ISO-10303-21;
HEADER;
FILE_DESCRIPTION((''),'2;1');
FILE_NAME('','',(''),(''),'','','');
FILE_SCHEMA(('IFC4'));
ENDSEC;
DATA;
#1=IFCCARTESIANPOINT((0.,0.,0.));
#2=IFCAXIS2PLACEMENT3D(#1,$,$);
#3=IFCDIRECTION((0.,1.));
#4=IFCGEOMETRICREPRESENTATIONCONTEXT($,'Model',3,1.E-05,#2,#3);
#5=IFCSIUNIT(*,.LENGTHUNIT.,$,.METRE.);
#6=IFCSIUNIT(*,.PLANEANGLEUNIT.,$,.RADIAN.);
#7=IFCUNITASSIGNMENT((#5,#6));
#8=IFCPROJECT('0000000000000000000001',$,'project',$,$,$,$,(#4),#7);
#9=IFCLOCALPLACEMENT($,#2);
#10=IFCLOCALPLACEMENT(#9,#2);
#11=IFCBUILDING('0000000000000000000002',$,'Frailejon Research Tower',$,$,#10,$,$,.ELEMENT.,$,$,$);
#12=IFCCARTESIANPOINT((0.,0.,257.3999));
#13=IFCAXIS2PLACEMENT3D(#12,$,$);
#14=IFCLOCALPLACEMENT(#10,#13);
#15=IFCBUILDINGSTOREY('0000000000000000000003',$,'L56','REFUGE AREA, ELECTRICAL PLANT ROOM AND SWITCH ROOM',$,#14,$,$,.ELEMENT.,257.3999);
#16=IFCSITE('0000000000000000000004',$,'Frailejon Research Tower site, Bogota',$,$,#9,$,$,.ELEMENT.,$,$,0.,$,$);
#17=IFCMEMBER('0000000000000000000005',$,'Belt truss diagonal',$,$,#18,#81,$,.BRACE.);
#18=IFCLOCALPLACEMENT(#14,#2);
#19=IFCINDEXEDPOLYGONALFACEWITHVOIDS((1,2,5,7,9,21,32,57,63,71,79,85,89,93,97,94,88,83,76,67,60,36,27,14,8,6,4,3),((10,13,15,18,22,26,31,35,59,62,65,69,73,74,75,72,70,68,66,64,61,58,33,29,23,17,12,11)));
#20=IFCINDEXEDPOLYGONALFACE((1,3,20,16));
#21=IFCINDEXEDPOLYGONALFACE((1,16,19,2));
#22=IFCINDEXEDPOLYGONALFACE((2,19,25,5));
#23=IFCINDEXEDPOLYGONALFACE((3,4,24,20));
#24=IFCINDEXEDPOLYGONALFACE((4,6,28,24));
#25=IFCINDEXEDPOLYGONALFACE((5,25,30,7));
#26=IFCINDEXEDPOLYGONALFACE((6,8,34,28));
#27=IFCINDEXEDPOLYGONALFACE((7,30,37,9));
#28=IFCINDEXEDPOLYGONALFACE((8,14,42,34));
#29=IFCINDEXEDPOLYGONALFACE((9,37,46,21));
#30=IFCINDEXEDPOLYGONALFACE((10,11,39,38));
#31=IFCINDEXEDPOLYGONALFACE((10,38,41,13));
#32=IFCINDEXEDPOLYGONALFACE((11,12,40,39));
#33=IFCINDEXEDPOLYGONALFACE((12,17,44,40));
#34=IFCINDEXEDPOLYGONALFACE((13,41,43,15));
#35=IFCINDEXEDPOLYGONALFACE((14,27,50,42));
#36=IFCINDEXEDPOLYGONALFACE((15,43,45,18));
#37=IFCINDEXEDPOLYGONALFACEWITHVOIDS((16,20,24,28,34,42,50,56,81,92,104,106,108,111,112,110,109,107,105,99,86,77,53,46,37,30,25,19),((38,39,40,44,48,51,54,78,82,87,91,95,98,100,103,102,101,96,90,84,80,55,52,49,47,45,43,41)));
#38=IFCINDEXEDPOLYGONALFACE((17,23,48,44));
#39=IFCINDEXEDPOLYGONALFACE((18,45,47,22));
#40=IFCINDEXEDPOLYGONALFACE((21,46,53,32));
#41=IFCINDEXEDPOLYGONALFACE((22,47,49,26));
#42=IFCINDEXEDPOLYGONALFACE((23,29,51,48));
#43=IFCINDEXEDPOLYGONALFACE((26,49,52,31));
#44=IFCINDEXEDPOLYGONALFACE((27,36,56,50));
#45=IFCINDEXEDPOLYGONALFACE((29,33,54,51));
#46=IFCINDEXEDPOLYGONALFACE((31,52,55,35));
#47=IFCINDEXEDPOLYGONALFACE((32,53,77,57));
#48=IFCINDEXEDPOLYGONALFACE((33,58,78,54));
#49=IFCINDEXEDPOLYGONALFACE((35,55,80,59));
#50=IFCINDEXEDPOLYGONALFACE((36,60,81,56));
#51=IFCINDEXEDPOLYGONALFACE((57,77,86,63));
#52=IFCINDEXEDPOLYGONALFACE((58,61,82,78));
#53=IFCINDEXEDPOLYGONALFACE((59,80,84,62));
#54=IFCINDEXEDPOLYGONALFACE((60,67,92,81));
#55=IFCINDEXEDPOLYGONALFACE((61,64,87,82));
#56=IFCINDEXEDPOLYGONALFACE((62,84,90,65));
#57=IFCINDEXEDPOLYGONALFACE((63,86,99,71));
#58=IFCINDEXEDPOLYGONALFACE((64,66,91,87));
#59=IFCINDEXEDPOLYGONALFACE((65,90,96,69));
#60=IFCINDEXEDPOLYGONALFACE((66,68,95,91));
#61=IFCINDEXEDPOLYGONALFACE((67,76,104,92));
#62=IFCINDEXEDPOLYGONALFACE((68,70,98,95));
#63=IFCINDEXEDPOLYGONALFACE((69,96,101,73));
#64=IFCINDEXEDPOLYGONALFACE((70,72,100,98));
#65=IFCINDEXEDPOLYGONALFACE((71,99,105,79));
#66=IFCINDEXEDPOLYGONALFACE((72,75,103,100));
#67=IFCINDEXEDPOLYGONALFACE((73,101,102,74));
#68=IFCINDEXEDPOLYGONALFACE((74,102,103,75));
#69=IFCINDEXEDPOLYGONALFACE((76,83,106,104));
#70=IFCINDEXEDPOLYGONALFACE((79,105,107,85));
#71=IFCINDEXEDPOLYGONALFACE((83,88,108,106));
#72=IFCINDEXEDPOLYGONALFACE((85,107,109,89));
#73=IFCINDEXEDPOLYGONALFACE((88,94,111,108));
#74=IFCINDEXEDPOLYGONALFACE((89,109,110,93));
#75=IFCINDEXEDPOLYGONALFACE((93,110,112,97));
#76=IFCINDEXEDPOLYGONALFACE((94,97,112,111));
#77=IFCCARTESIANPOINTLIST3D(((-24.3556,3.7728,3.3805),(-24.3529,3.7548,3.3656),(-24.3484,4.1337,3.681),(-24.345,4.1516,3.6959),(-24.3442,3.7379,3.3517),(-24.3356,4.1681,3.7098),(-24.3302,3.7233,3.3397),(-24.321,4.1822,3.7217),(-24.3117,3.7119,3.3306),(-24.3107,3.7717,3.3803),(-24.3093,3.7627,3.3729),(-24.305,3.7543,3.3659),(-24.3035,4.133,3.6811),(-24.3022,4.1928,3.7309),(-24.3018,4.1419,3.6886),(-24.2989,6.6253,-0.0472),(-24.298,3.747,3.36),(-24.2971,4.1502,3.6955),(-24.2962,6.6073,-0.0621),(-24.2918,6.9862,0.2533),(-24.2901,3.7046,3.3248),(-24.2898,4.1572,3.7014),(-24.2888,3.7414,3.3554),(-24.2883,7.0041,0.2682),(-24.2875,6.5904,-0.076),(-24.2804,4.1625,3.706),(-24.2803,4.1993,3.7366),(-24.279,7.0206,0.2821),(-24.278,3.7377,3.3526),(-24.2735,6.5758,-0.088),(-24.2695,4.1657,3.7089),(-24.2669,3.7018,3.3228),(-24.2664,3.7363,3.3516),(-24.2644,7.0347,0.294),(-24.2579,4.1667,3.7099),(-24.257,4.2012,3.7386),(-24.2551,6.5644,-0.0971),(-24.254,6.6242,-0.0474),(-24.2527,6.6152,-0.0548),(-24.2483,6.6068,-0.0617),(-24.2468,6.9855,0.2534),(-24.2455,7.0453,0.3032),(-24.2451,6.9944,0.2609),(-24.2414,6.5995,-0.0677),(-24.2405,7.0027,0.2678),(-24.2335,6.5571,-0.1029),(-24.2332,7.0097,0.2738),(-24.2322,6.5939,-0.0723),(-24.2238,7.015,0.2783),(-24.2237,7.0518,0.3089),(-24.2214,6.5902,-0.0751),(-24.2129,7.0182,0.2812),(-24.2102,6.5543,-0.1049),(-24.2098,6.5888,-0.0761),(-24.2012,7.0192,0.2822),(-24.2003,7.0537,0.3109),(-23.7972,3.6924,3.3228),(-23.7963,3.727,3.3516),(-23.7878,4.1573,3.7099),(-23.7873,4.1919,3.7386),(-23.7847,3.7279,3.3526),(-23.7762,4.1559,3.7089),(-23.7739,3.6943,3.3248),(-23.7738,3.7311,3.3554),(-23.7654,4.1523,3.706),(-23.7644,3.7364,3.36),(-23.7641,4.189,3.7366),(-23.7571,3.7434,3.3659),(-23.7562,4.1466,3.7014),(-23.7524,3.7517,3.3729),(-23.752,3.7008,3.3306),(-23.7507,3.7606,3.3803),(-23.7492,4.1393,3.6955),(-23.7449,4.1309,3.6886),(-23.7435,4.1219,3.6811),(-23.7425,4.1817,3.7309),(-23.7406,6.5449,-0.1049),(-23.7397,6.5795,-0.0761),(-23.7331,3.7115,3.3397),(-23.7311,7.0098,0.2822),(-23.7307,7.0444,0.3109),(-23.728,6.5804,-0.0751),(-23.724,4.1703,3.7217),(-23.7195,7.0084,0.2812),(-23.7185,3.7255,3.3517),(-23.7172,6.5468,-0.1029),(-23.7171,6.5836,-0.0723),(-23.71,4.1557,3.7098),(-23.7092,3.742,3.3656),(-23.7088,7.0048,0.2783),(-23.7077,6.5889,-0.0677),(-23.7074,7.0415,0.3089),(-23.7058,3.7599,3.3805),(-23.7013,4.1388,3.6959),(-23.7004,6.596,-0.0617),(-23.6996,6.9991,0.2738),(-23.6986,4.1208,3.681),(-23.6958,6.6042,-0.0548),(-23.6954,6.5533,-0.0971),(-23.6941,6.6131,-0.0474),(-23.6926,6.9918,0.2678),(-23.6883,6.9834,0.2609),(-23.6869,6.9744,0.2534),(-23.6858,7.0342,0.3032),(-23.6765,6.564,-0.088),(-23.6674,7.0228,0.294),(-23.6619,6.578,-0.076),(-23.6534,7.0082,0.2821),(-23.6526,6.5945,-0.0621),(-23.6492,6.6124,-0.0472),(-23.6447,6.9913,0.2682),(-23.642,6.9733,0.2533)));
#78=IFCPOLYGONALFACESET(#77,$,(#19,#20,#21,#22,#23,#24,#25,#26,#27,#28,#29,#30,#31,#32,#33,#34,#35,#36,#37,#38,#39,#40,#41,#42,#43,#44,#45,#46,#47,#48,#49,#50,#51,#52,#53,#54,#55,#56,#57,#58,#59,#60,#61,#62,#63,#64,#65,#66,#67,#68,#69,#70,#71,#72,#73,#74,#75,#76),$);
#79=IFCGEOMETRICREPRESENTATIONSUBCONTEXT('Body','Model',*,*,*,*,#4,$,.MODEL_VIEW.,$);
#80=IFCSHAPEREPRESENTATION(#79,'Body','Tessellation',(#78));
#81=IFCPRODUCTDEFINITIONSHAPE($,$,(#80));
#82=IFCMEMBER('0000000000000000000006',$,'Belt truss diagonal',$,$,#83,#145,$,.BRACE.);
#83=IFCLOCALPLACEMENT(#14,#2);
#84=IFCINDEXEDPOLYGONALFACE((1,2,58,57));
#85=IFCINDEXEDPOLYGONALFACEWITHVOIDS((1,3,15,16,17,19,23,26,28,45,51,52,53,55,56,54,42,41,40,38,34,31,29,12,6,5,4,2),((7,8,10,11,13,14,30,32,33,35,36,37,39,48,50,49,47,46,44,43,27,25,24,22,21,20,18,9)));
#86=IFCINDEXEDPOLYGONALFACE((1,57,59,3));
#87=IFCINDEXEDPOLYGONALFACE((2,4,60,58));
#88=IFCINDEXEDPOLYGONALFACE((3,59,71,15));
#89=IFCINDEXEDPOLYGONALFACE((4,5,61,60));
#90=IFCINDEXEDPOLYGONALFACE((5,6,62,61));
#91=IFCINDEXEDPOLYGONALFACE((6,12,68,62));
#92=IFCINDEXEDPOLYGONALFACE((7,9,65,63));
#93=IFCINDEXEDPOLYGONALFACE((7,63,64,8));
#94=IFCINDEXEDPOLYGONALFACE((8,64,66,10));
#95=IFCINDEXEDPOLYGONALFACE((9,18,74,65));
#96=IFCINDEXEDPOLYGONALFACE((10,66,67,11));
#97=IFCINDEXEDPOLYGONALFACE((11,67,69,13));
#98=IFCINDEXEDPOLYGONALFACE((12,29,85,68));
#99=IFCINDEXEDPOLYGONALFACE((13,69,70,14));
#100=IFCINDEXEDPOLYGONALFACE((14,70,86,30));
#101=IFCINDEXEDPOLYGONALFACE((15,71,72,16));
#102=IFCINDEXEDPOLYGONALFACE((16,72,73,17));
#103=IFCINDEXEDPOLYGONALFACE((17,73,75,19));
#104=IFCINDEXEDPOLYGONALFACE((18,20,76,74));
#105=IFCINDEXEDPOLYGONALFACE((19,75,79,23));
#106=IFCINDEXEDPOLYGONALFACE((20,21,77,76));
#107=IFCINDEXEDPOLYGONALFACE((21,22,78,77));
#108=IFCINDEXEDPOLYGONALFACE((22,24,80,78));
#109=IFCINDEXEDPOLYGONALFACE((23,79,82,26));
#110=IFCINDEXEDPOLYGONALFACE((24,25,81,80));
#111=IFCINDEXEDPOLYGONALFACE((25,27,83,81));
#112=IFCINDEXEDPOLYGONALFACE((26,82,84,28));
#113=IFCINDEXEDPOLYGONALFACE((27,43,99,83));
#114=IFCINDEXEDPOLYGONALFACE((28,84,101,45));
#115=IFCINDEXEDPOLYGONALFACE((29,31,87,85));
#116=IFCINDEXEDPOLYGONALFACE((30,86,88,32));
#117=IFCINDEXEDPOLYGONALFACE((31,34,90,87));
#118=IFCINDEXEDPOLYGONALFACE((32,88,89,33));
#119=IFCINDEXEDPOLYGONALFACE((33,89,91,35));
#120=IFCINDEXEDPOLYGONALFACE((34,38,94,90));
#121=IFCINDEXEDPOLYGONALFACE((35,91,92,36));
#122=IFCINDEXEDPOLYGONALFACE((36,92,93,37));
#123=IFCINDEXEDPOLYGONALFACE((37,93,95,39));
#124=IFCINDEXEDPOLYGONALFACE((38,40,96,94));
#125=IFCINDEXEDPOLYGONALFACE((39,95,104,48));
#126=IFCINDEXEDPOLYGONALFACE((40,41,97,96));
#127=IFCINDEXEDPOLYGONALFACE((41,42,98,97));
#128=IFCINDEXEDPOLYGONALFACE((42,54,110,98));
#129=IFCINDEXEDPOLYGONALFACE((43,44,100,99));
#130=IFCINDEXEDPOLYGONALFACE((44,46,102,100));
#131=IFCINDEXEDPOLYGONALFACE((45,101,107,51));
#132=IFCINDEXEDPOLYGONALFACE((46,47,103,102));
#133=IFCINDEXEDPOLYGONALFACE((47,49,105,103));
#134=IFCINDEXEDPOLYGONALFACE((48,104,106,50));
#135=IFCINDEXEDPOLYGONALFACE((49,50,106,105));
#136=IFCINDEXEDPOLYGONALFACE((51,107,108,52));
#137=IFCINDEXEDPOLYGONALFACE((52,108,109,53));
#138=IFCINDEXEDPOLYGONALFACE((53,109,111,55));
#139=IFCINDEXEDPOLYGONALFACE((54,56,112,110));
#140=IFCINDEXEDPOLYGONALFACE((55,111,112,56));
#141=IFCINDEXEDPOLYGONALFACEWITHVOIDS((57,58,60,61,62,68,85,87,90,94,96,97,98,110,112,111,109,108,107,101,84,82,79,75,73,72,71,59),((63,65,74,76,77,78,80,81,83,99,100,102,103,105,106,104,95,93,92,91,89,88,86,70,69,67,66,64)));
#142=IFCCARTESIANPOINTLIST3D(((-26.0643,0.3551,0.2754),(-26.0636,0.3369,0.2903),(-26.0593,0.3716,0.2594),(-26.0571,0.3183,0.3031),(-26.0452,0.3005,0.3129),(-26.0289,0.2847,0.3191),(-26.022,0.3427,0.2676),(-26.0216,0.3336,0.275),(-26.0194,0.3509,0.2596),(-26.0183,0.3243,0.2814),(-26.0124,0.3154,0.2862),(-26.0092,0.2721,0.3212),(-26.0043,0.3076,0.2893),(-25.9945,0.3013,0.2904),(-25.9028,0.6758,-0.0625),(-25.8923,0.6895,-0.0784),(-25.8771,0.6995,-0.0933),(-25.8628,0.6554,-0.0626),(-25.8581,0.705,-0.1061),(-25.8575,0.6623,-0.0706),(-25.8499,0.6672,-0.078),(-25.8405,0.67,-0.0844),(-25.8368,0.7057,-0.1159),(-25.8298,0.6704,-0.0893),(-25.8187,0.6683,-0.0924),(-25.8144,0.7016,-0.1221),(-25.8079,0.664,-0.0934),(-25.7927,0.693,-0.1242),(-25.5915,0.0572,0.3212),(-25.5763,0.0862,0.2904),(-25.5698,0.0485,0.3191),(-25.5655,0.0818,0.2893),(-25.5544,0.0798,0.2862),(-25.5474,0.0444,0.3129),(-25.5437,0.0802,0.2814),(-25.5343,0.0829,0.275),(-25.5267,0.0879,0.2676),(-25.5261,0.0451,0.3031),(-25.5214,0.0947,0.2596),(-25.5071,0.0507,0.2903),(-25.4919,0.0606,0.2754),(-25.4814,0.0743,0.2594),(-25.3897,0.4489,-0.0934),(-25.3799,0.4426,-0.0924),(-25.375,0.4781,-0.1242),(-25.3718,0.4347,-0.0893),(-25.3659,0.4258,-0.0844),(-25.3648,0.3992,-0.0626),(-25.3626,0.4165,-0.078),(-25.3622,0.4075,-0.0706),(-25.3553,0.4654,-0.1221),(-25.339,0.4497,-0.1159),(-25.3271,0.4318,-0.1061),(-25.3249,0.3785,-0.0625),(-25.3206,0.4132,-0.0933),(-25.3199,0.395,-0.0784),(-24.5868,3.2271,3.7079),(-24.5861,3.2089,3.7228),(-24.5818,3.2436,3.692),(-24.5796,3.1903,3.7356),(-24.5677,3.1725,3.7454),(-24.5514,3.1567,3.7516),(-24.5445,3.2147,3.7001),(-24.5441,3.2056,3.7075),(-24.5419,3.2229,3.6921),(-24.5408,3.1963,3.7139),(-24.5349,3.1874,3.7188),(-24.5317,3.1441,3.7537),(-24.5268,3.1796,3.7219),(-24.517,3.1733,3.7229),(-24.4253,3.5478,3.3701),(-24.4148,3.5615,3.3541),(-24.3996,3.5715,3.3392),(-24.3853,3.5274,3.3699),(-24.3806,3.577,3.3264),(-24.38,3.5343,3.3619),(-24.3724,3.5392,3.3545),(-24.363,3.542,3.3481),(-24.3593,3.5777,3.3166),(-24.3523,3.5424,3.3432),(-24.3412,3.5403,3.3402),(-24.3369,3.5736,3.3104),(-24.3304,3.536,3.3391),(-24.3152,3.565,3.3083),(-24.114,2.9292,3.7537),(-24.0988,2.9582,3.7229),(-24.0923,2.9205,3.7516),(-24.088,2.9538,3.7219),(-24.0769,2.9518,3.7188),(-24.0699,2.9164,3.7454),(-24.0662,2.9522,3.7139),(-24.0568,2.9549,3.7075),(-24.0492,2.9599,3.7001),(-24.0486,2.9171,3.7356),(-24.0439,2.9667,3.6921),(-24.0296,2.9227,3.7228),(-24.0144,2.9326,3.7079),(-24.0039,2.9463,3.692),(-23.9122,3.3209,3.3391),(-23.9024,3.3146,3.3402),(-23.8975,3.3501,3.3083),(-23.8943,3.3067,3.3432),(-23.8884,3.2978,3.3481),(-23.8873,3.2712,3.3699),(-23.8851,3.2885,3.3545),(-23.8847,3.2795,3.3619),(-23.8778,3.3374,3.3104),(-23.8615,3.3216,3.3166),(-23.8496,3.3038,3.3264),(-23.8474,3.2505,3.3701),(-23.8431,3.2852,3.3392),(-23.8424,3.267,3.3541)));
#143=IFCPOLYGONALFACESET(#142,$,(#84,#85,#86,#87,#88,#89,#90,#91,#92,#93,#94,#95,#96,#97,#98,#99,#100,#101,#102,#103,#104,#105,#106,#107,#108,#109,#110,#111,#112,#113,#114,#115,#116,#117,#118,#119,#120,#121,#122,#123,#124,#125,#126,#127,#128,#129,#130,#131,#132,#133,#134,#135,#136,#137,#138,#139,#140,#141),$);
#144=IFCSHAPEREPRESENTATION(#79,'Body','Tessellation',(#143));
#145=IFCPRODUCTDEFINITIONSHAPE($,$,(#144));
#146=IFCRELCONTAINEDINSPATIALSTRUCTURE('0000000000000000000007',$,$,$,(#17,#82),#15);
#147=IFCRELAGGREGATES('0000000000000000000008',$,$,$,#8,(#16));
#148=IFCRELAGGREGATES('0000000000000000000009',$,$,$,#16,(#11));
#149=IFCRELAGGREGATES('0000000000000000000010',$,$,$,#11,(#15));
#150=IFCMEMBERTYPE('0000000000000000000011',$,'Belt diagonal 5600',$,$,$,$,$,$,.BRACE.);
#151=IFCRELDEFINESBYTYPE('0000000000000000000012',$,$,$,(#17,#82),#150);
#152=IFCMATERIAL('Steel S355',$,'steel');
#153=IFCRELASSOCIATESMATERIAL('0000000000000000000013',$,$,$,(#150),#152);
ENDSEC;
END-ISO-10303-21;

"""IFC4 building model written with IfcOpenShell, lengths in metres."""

from ifc_helpers import new_model, si_unit, direction, frame, origin, origin_2d, place, context, subcontext, project, spatial, hollow_rectangle, extrude, material, material_profile, profile_set, type_object, element, save


model = new_model("IFC4")

# Units and contexts
model_context = context("Model", 3, precision=1e-05, world=origin(), true_north=direction((0.0, 1.0)))
body_context = subcontext(model_context, "Body", "Model", "MODEL_VIEW")
ifc_project = project(units=[si_unit("LENGTHUNIT", "METRE"), si_unit("PLANEANGLEUNIT", "RADIAN")], contexts=[model_context])

# Site, building, storey
site_placement = place(None, origin())
site = spatial("IfcSite", under=ifc_project, at=site_placement, Name="Frailejon Research Tower site, Bogota", CompositionType="ELEMENT", RefElevation=0.0)
building_placement = place(site_placement, origin())
building = spatial("IfcBuilding", under=site, at=building_placement, Name="Frailejon Research Tower", CompositionType="ELEMENT")
storey_placement = place(building_placement, frame((0.0, 0.0, 257.3999)))
storey = spatial("IfcBuildingStorey", under=building, at=storey_placement, Name="L56", Description="REFUGE AREA, ELECTRICAL PLANT ROOM AND SWITCH ROOM", CompositionType="ELEMENT", Elevation=257.3999)

# Members
ifc_material_1 = material(Name="Steel S355", Category="steel")
ifc_material_profile_1 = material_profile(ifc_material_1, hollow_rectangle(XDim=0.6499, YDim=0.6499, WallThickness=0.0449, InnerFilletRadius=0.0449, OuterFilletRadius=0.0901, at=origin_2d()), Name="Belt diagonal 5600")
ifc_profile_set_1 = profile_set([ifc_material_profile_1], Name="Steel S355")
member_type = type_object("IfcMemberType", Name="Belt diagonal 5600", PredefinedType="BRACE", material=ifc_profile_set_1)
member_1_placement = place(storey_placement, frame((-23.9705, 6.7993, 0.103), z_axis=(-0.0127, -0.639616, 0.76859), x_axis=(0.999803, -0.019852, 0.0)))
element("IfcMember", 1, at=member_1_placement, inside=storey, type_object=member_type, Name="Belt truss diagonal", PredefinedType="BRACE", context=body_context, shape_type="SweptSolid", body=[
    extrude(hollow_rectangle(XDim=0.6499, YDim=0.6499, WallThickness=0.0449, InnerFilletRadius=0.0449, OuterFilletRadius=0.0901, at=origin_2d()), origin(), (0.0, 0.0, 1.0), 4.4597),
])
for number, where, z_axis, x_axis, name in (
    (2, (-24.2146, 3.2471, 3.531), (-0.313486, -0.60936, -0.72829), (0.889228, -0.457464, 0.0), "Belt truss diagonal"),
):
    element("IfcMember", number, at=place(storey_placement, frame(where, z_axis=z_axis, x_axis=x_axis)), inside=storey, type_object=member_type, Name=name, PredefinedType="BRACE", context=body_context, shape_type="SweptSolid", body=[
        extrude(hollow_rectangle(XDim=0.6499, YDim=0.6499, WallThickness=0.0449, InnerFilletRadius=0.0449, OuterFilletRadius=0.0901, at=origin_2d()), origin(), (0.0, 0.0, 1.0), 4.7131),
    ])

save(model, "model.ifc")
